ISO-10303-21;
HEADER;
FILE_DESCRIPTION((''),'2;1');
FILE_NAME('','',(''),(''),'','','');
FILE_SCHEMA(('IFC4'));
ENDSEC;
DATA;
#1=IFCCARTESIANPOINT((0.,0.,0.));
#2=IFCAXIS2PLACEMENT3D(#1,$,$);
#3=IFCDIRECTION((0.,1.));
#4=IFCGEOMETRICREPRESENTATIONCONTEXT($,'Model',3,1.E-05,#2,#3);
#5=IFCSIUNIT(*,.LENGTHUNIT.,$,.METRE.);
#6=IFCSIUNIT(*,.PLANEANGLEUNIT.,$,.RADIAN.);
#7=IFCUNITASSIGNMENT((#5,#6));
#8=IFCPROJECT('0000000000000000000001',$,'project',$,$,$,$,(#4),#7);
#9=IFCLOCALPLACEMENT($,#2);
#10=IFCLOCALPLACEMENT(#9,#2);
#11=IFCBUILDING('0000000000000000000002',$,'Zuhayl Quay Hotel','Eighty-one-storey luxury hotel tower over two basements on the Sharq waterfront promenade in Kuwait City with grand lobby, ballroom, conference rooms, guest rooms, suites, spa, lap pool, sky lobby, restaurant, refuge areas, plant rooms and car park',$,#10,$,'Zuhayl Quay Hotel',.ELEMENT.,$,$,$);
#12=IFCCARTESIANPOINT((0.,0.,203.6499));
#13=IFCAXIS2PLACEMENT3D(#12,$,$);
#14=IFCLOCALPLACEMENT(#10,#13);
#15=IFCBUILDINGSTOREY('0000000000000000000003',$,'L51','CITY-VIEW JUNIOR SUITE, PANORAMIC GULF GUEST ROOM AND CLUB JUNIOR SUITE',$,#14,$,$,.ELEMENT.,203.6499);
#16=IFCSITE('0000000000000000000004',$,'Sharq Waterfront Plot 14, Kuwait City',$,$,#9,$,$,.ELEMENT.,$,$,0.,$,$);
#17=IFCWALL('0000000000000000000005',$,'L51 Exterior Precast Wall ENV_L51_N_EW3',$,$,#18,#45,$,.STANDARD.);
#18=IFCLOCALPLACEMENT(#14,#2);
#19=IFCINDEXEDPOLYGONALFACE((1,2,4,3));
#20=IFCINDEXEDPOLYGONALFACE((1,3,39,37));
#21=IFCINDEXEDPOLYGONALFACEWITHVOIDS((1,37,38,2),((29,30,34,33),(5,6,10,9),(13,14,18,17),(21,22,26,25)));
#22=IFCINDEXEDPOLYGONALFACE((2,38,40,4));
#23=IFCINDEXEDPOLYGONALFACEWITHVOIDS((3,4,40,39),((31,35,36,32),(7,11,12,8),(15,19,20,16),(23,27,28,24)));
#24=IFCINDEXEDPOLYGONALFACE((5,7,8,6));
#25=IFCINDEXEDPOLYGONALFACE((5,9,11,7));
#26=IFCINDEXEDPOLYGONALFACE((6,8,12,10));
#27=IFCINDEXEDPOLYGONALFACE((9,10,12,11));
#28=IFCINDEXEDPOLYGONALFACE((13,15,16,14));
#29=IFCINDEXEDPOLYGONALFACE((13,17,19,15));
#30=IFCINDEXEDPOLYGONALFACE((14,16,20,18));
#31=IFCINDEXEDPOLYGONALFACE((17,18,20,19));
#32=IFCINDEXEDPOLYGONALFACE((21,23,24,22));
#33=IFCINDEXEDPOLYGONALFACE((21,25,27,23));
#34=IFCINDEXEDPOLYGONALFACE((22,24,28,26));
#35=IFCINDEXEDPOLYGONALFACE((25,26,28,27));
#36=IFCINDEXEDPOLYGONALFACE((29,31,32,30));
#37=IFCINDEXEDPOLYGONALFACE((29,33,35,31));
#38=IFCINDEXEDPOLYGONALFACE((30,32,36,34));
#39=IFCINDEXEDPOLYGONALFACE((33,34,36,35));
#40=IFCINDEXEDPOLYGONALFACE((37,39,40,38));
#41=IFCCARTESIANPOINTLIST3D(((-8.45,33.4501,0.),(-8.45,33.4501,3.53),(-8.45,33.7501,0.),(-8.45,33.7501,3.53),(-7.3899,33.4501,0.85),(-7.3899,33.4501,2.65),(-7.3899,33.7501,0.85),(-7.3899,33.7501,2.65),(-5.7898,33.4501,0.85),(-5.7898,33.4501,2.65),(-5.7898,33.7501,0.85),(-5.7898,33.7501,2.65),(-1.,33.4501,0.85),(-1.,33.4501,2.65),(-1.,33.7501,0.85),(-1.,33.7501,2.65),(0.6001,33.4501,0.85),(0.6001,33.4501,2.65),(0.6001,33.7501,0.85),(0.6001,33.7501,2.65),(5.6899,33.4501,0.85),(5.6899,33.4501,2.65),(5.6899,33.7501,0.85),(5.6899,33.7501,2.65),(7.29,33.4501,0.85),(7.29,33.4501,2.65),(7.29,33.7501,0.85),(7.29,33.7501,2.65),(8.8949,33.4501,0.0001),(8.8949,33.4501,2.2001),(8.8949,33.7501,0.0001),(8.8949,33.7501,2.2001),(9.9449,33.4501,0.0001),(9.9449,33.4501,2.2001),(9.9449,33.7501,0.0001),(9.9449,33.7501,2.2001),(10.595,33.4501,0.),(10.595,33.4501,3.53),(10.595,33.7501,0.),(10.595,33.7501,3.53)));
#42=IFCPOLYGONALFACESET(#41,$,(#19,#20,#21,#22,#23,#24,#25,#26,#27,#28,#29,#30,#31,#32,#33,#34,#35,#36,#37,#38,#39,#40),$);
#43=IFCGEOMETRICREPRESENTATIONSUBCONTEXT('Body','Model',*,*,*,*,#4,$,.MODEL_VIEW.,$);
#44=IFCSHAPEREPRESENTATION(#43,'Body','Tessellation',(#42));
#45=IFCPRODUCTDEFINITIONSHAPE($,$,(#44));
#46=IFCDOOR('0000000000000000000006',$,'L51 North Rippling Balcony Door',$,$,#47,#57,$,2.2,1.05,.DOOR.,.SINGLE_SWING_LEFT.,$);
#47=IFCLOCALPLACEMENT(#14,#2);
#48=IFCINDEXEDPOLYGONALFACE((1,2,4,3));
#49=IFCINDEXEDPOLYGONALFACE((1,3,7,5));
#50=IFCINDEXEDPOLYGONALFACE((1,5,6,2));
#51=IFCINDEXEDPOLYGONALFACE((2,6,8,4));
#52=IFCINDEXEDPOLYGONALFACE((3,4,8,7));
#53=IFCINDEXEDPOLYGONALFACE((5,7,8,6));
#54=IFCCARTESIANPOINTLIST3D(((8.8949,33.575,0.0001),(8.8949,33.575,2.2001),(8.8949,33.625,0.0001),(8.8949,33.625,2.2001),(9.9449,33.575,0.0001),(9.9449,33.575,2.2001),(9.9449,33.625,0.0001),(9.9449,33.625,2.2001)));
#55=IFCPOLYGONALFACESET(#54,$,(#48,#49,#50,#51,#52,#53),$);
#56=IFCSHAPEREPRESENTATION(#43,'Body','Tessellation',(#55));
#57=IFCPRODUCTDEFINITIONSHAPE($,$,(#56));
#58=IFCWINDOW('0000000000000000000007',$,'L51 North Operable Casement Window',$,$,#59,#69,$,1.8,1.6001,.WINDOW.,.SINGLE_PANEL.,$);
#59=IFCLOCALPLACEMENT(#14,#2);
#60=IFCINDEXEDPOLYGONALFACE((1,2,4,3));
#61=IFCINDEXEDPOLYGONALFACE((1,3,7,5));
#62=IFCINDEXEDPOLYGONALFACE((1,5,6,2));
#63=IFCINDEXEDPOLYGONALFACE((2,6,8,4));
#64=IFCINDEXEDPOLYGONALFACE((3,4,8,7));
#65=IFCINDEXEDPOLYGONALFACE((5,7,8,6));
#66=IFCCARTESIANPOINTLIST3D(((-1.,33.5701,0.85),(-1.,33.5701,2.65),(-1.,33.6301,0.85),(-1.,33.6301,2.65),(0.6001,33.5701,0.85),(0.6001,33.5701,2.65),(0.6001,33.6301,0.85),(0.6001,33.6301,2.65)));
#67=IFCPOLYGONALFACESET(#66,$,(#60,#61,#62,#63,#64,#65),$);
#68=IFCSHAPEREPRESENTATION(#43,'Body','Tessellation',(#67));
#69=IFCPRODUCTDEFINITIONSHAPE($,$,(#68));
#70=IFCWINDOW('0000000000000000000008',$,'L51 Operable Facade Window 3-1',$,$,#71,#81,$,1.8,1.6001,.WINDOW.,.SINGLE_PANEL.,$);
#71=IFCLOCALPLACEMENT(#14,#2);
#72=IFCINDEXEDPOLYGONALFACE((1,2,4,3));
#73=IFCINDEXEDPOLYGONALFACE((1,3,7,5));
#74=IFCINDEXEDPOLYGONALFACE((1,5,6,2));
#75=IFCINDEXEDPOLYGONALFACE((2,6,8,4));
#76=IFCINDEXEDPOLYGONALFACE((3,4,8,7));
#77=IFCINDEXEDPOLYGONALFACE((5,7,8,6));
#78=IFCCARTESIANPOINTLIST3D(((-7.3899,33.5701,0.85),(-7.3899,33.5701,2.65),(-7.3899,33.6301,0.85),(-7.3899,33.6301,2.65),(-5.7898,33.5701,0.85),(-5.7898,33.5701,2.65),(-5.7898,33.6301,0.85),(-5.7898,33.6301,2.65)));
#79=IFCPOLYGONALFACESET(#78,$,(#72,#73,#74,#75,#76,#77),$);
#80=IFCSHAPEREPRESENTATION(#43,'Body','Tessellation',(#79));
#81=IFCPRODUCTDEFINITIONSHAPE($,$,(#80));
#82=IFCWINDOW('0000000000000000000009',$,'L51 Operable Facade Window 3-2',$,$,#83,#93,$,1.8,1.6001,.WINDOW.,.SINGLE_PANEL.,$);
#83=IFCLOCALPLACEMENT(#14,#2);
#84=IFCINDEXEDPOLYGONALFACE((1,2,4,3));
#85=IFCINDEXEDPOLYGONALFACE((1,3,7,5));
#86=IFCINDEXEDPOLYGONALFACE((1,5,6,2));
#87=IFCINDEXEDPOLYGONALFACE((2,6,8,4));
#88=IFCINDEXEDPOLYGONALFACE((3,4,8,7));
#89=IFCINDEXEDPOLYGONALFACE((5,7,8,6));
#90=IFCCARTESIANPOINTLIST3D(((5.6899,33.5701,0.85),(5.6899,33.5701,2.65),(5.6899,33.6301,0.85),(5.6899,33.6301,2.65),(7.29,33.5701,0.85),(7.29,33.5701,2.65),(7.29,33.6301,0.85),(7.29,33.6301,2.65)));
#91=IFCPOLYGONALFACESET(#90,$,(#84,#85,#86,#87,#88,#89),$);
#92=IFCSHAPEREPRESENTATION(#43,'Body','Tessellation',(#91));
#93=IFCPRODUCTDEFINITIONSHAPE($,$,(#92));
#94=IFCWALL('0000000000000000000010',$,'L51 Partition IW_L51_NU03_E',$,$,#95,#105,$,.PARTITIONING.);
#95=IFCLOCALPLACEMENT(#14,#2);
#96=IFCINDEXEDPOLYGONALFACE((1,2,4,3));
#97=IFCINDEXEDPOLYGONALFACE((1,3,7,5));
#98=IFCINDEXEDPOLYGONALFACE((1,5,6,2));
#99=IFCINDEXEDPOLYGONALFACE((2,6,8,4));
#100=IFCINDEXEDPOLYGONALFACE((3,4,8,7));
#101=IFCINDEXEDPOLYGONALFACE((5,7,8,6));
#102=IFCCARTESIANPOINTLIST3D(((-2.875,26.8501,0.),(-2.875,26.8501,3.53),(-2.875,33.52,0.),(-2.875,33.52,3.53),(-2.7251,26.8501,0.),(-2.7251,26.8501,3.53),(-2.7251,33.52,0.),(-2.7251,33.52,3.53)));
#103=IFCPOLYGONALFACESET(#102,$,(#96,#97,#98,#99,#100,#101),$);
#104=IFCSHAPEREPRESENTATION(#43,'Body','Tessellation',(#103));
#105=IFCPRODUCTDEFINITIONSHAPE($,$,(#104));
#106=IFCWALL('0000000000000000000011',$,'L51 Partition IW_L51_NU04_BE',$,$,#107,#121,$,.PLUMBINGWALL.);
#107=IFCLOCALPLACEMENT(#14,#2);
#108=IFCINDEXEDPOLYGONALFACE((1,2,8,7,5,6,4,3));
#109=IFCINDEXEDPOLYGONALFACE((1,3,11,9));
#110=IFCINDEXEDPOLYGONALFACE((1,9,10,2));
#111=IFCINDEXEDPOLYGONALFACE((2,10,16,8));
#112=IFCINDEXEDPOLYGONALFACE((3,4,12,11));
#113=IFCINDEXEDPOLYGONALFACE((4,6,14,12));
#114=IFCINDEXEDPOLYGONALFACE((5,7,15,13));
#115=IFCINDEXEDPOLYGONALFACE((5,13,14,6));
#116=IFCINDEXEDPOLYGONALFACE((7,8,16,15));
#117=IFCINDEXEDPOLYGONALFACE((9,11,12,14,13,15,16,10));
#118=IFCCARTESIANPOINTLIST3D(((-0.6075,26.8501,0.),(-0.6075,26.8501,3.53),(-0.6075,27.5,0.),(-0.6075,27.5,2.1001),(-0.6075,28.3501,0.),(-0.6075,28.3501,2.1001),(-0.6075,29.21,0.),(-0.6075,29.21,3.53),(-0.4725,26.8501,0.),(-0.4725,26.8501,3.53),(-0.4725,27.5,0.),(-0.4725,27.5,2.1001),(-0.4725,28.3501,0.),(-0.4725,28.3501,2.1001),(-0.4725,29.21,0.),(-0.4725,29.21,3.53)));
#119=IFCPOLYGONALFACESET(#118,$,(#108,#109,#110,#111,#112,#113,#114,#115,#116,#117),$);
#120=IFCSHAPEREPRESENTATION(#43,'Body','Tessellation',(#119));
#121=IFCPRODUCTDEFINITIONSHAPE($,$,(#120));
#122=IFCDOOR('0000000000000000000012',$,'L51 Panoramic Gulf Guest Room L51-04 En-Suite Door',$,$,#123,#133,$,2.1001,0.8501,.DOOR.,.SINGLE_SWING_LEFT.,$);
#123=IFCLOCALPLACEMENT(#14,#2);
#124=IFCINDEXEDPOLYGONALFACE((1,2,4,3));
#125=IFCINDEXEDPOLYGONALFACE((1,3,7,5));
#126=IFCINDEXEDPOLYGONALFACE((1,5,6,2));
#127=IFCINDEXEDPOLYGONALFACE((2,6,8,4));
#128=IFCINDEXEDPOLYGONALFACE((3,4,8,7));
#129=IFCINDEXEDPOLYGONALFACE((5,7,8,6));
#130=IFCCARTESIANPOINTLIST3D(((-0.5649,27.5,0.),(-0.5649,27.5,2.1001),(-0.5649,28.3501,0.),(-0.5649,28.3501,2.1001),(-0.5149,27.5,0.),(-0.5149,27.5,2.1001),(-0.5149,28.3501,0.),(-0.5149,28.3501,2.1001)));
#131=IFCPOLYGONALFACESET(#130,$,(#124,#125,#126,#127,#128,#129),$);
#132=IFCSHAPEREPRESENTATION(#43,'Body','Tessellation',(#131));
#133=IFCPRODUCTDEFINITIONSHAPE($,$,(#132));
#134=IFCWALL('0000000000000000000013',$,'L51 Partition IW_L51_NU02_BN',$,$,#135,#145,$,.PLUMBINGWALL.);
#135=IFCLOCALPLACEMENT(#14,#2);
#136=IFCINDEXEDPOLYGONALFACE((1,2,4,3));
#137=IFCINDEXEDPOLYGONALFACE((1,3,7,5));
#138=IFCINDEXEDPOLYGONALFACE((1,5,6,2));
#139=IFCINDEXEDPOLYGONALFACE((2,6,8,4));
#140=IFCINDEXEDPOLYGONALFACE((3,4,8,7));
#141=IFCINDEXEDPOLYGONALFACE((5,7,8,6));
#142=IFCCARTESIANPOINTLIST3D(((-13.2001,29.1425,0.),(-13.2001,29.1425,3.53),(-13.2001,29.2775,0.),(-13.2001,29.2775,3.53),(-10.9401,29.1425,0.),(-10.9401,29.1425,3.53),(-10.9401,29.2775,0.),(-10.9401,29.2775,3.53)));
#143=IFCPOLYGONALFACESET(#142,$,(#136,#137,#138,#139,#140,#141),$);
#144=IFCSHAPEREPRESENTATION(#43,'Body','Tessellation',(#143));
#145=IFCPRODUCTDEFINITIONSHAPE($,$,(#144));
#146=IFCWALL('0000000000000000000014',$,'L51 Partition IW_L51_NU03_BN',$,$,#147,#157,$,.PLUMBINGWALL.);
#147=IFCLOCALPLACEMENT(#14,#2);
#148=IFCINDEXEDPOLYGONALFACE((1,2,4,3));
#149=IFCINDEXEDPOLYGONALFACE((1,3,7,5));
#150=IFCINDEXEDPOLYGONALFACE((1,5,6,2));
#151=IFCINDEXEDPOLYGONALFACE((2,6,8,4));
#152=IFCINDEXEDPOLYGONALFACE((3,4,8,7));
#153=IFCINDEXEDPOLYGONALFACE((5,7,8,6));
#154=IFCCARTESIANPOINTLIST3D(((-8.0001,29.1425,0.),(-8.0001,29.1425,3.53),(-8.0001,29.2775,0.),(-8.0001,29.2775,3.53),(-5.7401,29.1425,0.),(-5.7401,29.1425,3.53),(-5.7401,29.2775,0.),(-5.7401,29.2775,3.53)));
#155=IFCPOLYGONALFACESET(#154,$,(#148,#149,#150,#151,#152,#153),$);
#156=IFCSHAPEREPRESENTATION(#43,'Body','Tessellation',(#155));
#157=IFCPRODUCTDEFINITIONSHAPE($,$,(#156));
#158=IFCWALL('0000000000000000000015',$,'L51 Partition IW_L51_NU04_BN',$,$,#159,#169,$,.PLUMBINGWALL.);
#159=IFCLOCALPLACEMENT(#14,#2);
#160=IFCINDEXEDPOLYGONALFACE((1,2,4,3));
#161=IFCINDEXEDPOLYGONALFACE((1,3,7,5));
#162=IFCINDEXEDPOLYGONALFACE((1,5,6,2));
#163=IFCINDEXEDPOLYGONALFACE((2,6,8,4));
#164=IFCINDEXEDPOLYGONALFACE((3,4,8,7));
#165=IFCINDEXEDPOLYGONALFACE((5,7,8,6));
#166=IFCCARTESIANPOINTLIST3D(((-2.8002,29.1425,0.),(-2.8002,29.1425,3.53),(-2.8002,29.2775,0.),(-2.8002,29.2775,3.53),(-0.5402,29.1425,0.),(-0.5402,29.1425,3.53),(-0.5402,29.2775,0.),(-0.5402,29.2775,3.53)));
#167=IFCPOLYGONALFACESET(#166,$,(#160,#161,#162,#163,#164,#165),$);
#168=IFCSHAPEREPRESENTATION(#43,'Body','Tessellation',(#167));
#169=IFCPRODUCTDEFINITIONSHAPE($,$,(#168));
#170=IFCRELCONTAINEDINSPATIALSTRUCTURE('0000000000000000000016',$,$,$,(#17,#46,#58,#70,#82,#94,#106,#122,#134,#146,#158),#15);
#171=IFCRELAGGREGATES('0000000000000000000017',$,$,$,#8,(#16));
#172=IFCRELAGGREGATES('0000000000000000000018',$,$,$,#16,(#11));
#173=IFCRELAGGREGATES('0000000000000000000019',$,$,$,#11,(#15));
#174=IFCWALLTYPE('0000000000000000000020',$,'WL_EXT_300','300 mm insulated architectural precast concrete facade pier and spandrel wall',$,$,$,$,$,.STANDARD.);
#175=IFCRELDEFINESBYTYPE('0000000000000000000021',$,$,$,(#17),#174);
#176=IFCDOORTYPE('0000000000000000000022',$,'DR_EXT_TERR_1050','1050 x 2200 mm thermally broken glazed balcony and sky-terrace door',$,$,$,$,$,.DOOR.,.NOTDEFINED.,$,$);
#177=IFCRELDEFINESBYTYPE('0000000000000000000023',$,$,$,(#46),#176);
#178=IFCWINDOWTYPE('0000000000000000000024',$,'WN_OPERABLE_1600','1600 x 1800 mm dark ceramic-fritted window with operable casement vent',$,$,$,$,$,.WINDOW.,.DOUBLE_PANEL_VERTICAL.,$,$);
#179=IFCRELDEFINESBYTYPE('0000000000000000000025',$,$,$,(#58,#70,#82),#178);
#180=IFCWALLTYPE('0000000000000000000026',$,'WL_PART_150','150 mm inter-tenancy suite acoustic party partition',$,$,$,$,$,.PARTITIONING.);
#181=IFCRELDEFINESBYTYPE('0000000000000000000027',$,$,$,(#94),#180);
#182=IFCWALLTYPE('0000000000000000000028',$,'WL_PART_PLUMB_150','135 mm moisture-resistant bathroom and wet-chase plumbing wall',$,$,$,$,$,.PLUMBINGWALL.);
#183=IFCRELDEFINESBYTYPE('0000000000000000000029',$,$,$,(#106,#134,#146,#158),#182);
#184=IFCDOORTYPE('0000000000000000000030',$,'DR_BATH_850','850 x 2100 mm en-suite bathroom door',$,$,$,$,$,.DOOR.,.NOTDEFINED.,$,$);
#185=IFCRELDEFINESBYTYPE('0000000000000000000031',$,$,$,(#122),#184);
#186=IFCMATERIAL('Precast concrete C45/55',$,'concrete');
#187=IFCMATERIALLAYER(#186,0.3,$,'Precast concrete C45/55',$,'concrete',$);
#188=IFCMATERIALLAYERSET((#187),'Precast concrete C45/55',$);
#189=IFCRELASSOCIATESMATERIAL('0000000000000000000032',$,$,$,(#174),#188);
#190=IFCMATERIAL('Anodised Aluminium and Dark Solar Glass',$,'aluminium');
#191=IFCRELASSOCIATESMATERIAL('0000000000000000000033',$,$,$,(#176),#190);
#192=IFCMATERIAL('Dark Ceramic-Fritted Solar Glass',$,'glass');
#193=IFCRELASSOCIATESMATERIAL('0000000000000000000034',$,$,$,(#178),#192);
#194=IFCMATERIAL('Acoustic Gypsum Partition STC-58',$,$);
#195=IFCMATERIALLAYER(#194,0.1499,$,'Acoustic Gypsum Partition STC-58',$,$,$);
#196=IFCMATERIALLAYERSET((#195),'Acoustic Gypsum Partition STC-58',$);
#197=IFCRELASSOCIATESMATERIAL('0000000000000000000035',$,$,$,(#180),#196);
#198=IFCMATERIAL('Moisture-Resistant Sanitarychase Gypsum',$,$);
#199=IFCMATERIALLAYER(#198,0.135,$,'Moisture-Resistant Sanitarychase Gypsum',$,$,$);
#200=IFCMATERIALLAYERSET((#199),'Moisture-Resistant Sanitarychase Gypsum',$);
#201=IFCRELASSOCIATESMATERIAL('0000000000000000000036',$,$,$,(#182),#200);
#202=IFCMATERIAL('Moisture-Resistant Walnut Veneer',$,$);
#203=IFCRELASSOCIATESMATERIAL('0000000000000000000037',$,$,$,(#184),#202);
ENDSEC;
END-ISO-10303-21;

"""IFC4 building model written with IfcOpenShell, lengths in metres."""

from ifc_helpers import new_model, si_unit, direction, frame, frame_2d, origin, place, context, subcontext, project, spatial, rectangle, extrude, material, layer, layer_set, type_object, element, fill, save


model = new_model("IFC4")

# Units and contexts
model_context = context("Model", 3, precision=1e-05, world=origin(), true_north=direction((0.0, 1.0)))
body_context = subcontext(model_context, "Body", "Model", "MODEL_VIEW")
ifc_project = project(units=[si_unit("LENGTHUNIT", "METRE"), si_unit("PLANEANGLEUNIT", "RADIAN")], contexts=[model_context])

# Site, building, storey
site_placement = place(None, origin())
site = spatial("IfcSite", under=ifc_project, at=site_placement, Name="Sharq Waterfront Plot 14, Kuwait City", CompositionType="ELEMENT", RefElevation=0.0)
building_placement = place(site_placement, origin())
building = spatial("IfcBuilding", under=site, at=building_placement, Name="Zuhayl Quay Hotel", Description="Eighty-one-storey luxury hotel tower over two basements on the Sharq waterfront promenade in Kuwait City with grand lobby, ballroom, conference rooms, guest rooms, suites, spa, lap pool, sky lobby, restaurant, refuge areas, plant rooms and car park", LongName="Zuhayl Quay Hotel", CompositionType="ELEMENT")
storey_placement = place(building_placement, frame((0.0, 0.0, 203.6499)))
storey = spatial("IfcBuildingStorey", under=building, at=storey_placement, Name="L51", Description="CITY-VIEW JUNIOR SUITE, PANORAMIC GULF GUEST ROOM AND CLUB JUNIOR SUITE", CompositionType="ELEMENT", Elevation=203.6499)

# Shared definitions
ifc_material_1 = material(Name="Dark Ceramic-Fritted Solar Glass", Category="glass")

# Wall, openings, door, windows
ifc_material_2 = material(Name="Precast concrete C45/55", Category="concrete")
ifc_layer_1 = layer(ifc_material_2, 0.3, Name="Precast concrete C45/55", Category="concrete")
ifc_layer_set_1 = layer_set([ifc_layer_1], Name="Precast concrete C45/55")
wall_type_1 = type_object("IfcWallType", Name="WL_EXT_300", Description="300 mm insulated architectural precast concrete facade pier and spandrel wall", PredefinedType="STANDARD", material=ifc_layer_set_1)
wall_1_placement = place(storey_placement, frame((-8.45, 33.6001, 0.0), z_axis=(0.0, 0.0, 1.0), x_axis=(1.0, 0.0, 0.0)))
wall_1 = element("IfcWall", 1, at=wall_1_placement, inside=storey, type_object=wall_type_1, Name="L51 Exterior Precast Wall ENV_L51_N_EW3", PredefinedType="STANDARD", context=body_context, shape_type="SweptSolid", body=[
    extrude(rectangle(XDim=19.0449, YDim=0.3, at=frame_2d((9.5225, 0.0))), origin(), (0.0, 0.0, 1.0), 3.53),
])
opening_1_placement = place(wall_1_placement, frame((17.345, 0.0, 0.0)))
opening_1 = element("IfcOpeningElement", 2, at=opening_1_placement, cuts=wall_1, PredefinedType="OPENING", context=body_context, shape_type="SweptSolid", body=[
    extrude(rectangle(XDim=1.05, YDim=2.2, at=frame_2d((0.5249, 1.1001))), frame((0.0, 0.1599, 0.0), z_axis=(0.0, -1.0, 0.0), x_axis=(1.0, 0.0, 0.0)), (0.0, 0.0, 1.0), 0.3201),
])
opening_2_placement = place(wall_1_placement, frame((7.45, 0.0, 0.8501)))
opening_2 = element("IfcOpeningElement", 3, at=opening_2_placement, cuts=wall_1, PredefinedType="OPENING", context=body_context, shape_type="SweptSolid", body=[
    extrude(rectangle(XDim=1.6001, YDim=1.8, at=frame_2d((0.8, 0.8999))), frame((0.0, 0.1599, 0.0), z_axis=(0.0, -1.0, 0.0), x_axis=(1.0, 0.0, 0.0)), (0.0, 0.0, 1.0), 0.3201),
])
opening_3_placement = place(wall_1_placement, frame((1.0601, 0.0, 0.8501)))
opening_3 = element("IfcOpeningElement", 4, at=opening_3_placement, cuts=wall_1, PredefinedType="OPENING", context=body_context, shape_type="SweptSolid", body=[
    extrude(rectangle(XDim=1.6001, YDim=1.8, at=frame_2d((0.8, 0.8999))), frame((0.0, 0.1599, 0.0), z_axis=(0.0, -1.0, 0.0), x_axis=(1.0, 0.0, 0.0)), (0.0, 0.0, 1.0), 0.3201),
])
opening_4_placement = place(wall_1_placement, frame((14.1399, 0.0, 0.8501)))
opening_4 = element("IfcOpeningElement", 5, at=opening_4_placement, cuts=wall_1, PredefinedType="OPENING", context=body_context, shape_type="SweptSolid", body=[
    extrude(rectangle(XDim=1.6001, YDim=1.8, at=frame_2d((0.8, 0.8999))), frame((0.0, 0.1599, 0.0), z_axis=(0.0, -1.0, 0.0), x_axis=(1.0, 0.0, 0.0)), (0.0, 0.0, 1.0), 0.3201),
])
ifc_material_3 = material(Name="Anodised Aluminium and Dark Solar Glass", Category="aluminium")
door_type_1 = type_object("IfcDoorType", Name="DR_EXT_TERR_1050", Description="1050 x 2200 mm thermally broken glazed balcony and sky-terrace door", OperationType="NOTDEFINED", PredefinedType="DOOR", material=ifc_material_3)
door_1_placement = place(opening_1_placement, origin())
door_1 = element("IfcDoor", 6, at=door_1_placement, inside=storey, type_object=door_type_1, Name="L51 North Rippling Balcony Door", OperationType="SINGLE_SWING_LEFT", OverallHeight=2.2, OverallWidth=1.05, PredefinedType="DOOR", context=body_context, shape_type="SweptSolid", body=[
    extrude(rectangle(XDim=1.05, YDim=2.2, at=frame_2d((0.5249, 1.1001))), frame((0.0, 0.0249, 0.0), z_axis=(0.0, -1.0, 0.0), x_axis=(1.0, 0.0, 0.0)), (0.0, 0.0, 1.0), 0.05),
])
fill(opening_1, door_1)
window_type = type_object("IfcWindowType", Name="WN_OPERABLE_1600", Description="1600 x 1800 mm dark ceramic-fritted window with operable casement vent", PartitioningType="DOUBLE_PANEL_VERTICAL", PredefinedType="WINDOW", material=ifc_material_1)
window_1_placement = place(opening_2_placement, origin())
window_1 = element("IfcWindow", 7, at=window_1_placement, inside=storey, type_object=window_type, Name="L51 North Operable Casement Window", OverallHeight=1.8, OverallWidth=1.6001, PartitioningType="SINGLE_PANEL", PredefinedType="WINDOW", context=body_context, shape_type="SweptSolid", body=[
    extrude(rectangle(XDim=1.6001, YDim=1.8, at=frame_2d((0.8, 0.8999))), frame((0.0, 0.03, 0.0), z_axis=(0.0, -1.0, 0.0), x_axis=(1.0, 0.0, 0.0)), (0.0, 0.0, 1.0), 0.0601),
])
fill(opening_2, window_1)
window_2_placement = place(opening_3_placement, origin())
window_2 = element("IfcWindow", 8, at=window_2_placement, inside=storey, type_object=window_type, Name="L51 Operable Facade Window 3-1", OverallHeight=1.8, OverallWidth=1.6001, PartitioningType="SINGLE_PANEL", PredefinedType="WINDOW", context=body_context, shape_type="SweptSolid", body=[
    extrude(rectangle(XDim=1.6001, YDim=1.8, at=frame_2d((0.8, 0.8999))), frame((0.0, 0.03, 0.0), z_axis=(0.0, -1.0, 0.0), x_axis=(1.0, 0.0, 0.0)), (0.0, 0.0, 1.0), 0.0601),
])
fill(opening_3, window_2)
window_3_placement = place(opening_4_placement, origin())
window_3 = element("IfcWindow", 9, at=window_3_placement, inside=storey, type_object=window_type, Name="L51 Operable Facade Window 3-2", OverallHeight=1.8, OverallWidth=1.6001, PartitioningType="SINGLE_PANEL", PredefinedType="WINDOW", context=body_context, shape_type="SweptSolid", body=[
    extrude(rectangle(XDim=1.6001, YDim=1.8, at=frame_2d((0.8, 0.8999))), frame((0.0, 0.03, 0.0), z_axis=(0.0, -1.0, 0.0), x_axis=(1.0, 0.0, 0.0)), (0.0, 0.0, 1.0), 0.0601),
])
fill(opening_4, window_3)

# Wall
ifc_material_4 = material(Name="Acoustic Gypsum Partition STC-58")
ifc_layer_2 = layer(ifc_material_4, 0.1499, Name="Acoustic Gypsum Partition STC-58")
ifc_layer_set_2 = layer_set([ifc_layer_2], Name="Acoustic Gypsum Partition STC-58")
wall_type_2 = type_object("IfcWallType", Name="WL_PART_150", Description="150 mm inter-tenancy suite acoustic party partition", PredefinedType="PARTITIONING", material=ifc_layer_set_2)
wall_2_placement = place(storey_placement, frame((-2.8, 26.8501, 0.0), z_axis=(0.0, 0.0, 1.0), x_axis=(0.0, 1.0, 0.0)))
element("IfcWall", 10, at=wall_2_placement, inside=storey, type_object=wall_type_2, Name="L51 Partition IW_L51_NU03_E", PredefinedType="PARTITIONING", context=body_context, shape_type="SweptSolid", body=[
    extrude(rectangle(XDim=6.6699, YDim=0.1499, at=frame_2d((3.335, 0.0))), origin(), (0.0, 0.0, 1.0), 3.53),
])

# Wall, opening, door
ifc_material_5 = material(Name="Moisture-Resistant Sanitarychase Gypsum")
ifc_layer_3 = layer(ifc_material_5, 0.135, Name="Moisture-Resistant Sanitarychase Gypsum")
ifc_layer_set_3 = layer_set([ifc_layer_3], Name="Moisture-Resistant Sanitarychase Gypsum")
wall_type_3 = type_object("IfcWallType", Name="WL_PART_PLUMB_150", Description="135 mm moisture-resistant bathroom and wet-chase plumbing wall", PredefinedType="PLUMBINGWALL", material=ifc_layer_set_3)
wall_3_placement = place(storey_placement, frame((-0.54, 26.8501, 0.0), z_axis=(0.0, 0.0, 1.0), x_axis=(0.0, 1.0, 0.0)))
wall_3 = element("IfcWall", 11, at=wall_3_placement, inside=storey, type_object=wall_type_3, Name="L51 Partition IW_L51_NU04_BE", PredefinedType="PLUMBINGWALL", context=body_context, shape_type="SweptSolid", body=[
    extrude(rectangle(XDim=2.3599, YDim=0.135, at=frame_2d((1.1799, 0.0))), origin(), (0.0, 0.0, 1.0), 3.53),
])
opening_5_placement = place(wall_3_placement, frame((0.6499, 0.0, 0.0)))
opening_5 = element("IfcOpeningElement", 12, at=opening_5_placement, cuts=wall_3, PredefinedType="OPENING", context=body_context, shape_type="SweptSolid", body=[
    extrude(rectangle(XDim=0.8501, YDim=2.1001, at=frame_2d((0.425, 1.05))), frame((0.0, 0.0774, 0.0), z_axis=(0.0, -1.0, 0.0), x_axis=(1.0, 0.0, 0.0)), (0.0, 0.0, 1.0), 0.155),
])
ifc_material_6 = material(Name="Moisture-Resistant Walnut Veneer")
door_type_2 = type_object("IfcDoorType", Name="DR_BATH_850", Description="850 x 2100 mm en-suite bathroom door", OperationType="NOTDEFINED", PredefinedType="DOOR", material=ifc_material_6)
door_2_placement = place(opening_5_placement, origin())
door_2 = element("IfcDoor", 13, at=door_2_placement, inside=storey, type_object=door_type_2, Name="L51 Panoramic Gulf Guest Room L51-04 En-Suite Door", OperationType="SINGLE_SWING_LEFT", OverallHeight=2.1001, OverallWidth=0.8501, PredefinedType="DOOR", context=body_context, shape_type="SweptSolid", body=[
    extrude(rectangle(XDim=0.8501, YDim=2.1001, at=frame_2d((0.425, 1.05))), frame((0.0, 0.0249, 0.0), z_axis=(0.0, -1.0, 0.0), x_axis=(1.0, 0.0, 0.0)), (0.0, 0.0, 1.0), 0.05),
])
fill(opening_5, door_2)

# Walls
for number, where, z_axis, x_axis, name in (
    (14, (-13.2, 29.21, 0.0), (0.0, 0.0, 1.0), (1.0, 0.0, 0.0), "L51 Partition IW_L51_NU02_BN"),
    (15, (-8.0, 29.21, 0.0), (0.0, 0.0, 1.0), (1.0, 0.0, 0.0), "L51 Partition IW_L51_NU03_BN"),
    (16, (-2.8, 29.21, 0.0), (0.0, 0.0, 1.0), (1.0, 0.0, 0.0), "L51 Partition IW_L51_NU04_BN"),
):
    element("IfcWall", number, at=place(storey_placement, frame(where, z_axis=z_axis, x_axis=x_axis)), inside=storey, type_object=wall_type_3, Name=name, PredefinedType="PLUMBINGWALL", context=body_context, shape_type="SweptSolid", body=[
        extrude(rectangle(XDim=2.26, YDim=0.135, at=frame_2d((1.1299, 0.0))), origin(), (0.0, 0.0, 1.0), 3.53),
    ])

save(model, "model.ifc")
